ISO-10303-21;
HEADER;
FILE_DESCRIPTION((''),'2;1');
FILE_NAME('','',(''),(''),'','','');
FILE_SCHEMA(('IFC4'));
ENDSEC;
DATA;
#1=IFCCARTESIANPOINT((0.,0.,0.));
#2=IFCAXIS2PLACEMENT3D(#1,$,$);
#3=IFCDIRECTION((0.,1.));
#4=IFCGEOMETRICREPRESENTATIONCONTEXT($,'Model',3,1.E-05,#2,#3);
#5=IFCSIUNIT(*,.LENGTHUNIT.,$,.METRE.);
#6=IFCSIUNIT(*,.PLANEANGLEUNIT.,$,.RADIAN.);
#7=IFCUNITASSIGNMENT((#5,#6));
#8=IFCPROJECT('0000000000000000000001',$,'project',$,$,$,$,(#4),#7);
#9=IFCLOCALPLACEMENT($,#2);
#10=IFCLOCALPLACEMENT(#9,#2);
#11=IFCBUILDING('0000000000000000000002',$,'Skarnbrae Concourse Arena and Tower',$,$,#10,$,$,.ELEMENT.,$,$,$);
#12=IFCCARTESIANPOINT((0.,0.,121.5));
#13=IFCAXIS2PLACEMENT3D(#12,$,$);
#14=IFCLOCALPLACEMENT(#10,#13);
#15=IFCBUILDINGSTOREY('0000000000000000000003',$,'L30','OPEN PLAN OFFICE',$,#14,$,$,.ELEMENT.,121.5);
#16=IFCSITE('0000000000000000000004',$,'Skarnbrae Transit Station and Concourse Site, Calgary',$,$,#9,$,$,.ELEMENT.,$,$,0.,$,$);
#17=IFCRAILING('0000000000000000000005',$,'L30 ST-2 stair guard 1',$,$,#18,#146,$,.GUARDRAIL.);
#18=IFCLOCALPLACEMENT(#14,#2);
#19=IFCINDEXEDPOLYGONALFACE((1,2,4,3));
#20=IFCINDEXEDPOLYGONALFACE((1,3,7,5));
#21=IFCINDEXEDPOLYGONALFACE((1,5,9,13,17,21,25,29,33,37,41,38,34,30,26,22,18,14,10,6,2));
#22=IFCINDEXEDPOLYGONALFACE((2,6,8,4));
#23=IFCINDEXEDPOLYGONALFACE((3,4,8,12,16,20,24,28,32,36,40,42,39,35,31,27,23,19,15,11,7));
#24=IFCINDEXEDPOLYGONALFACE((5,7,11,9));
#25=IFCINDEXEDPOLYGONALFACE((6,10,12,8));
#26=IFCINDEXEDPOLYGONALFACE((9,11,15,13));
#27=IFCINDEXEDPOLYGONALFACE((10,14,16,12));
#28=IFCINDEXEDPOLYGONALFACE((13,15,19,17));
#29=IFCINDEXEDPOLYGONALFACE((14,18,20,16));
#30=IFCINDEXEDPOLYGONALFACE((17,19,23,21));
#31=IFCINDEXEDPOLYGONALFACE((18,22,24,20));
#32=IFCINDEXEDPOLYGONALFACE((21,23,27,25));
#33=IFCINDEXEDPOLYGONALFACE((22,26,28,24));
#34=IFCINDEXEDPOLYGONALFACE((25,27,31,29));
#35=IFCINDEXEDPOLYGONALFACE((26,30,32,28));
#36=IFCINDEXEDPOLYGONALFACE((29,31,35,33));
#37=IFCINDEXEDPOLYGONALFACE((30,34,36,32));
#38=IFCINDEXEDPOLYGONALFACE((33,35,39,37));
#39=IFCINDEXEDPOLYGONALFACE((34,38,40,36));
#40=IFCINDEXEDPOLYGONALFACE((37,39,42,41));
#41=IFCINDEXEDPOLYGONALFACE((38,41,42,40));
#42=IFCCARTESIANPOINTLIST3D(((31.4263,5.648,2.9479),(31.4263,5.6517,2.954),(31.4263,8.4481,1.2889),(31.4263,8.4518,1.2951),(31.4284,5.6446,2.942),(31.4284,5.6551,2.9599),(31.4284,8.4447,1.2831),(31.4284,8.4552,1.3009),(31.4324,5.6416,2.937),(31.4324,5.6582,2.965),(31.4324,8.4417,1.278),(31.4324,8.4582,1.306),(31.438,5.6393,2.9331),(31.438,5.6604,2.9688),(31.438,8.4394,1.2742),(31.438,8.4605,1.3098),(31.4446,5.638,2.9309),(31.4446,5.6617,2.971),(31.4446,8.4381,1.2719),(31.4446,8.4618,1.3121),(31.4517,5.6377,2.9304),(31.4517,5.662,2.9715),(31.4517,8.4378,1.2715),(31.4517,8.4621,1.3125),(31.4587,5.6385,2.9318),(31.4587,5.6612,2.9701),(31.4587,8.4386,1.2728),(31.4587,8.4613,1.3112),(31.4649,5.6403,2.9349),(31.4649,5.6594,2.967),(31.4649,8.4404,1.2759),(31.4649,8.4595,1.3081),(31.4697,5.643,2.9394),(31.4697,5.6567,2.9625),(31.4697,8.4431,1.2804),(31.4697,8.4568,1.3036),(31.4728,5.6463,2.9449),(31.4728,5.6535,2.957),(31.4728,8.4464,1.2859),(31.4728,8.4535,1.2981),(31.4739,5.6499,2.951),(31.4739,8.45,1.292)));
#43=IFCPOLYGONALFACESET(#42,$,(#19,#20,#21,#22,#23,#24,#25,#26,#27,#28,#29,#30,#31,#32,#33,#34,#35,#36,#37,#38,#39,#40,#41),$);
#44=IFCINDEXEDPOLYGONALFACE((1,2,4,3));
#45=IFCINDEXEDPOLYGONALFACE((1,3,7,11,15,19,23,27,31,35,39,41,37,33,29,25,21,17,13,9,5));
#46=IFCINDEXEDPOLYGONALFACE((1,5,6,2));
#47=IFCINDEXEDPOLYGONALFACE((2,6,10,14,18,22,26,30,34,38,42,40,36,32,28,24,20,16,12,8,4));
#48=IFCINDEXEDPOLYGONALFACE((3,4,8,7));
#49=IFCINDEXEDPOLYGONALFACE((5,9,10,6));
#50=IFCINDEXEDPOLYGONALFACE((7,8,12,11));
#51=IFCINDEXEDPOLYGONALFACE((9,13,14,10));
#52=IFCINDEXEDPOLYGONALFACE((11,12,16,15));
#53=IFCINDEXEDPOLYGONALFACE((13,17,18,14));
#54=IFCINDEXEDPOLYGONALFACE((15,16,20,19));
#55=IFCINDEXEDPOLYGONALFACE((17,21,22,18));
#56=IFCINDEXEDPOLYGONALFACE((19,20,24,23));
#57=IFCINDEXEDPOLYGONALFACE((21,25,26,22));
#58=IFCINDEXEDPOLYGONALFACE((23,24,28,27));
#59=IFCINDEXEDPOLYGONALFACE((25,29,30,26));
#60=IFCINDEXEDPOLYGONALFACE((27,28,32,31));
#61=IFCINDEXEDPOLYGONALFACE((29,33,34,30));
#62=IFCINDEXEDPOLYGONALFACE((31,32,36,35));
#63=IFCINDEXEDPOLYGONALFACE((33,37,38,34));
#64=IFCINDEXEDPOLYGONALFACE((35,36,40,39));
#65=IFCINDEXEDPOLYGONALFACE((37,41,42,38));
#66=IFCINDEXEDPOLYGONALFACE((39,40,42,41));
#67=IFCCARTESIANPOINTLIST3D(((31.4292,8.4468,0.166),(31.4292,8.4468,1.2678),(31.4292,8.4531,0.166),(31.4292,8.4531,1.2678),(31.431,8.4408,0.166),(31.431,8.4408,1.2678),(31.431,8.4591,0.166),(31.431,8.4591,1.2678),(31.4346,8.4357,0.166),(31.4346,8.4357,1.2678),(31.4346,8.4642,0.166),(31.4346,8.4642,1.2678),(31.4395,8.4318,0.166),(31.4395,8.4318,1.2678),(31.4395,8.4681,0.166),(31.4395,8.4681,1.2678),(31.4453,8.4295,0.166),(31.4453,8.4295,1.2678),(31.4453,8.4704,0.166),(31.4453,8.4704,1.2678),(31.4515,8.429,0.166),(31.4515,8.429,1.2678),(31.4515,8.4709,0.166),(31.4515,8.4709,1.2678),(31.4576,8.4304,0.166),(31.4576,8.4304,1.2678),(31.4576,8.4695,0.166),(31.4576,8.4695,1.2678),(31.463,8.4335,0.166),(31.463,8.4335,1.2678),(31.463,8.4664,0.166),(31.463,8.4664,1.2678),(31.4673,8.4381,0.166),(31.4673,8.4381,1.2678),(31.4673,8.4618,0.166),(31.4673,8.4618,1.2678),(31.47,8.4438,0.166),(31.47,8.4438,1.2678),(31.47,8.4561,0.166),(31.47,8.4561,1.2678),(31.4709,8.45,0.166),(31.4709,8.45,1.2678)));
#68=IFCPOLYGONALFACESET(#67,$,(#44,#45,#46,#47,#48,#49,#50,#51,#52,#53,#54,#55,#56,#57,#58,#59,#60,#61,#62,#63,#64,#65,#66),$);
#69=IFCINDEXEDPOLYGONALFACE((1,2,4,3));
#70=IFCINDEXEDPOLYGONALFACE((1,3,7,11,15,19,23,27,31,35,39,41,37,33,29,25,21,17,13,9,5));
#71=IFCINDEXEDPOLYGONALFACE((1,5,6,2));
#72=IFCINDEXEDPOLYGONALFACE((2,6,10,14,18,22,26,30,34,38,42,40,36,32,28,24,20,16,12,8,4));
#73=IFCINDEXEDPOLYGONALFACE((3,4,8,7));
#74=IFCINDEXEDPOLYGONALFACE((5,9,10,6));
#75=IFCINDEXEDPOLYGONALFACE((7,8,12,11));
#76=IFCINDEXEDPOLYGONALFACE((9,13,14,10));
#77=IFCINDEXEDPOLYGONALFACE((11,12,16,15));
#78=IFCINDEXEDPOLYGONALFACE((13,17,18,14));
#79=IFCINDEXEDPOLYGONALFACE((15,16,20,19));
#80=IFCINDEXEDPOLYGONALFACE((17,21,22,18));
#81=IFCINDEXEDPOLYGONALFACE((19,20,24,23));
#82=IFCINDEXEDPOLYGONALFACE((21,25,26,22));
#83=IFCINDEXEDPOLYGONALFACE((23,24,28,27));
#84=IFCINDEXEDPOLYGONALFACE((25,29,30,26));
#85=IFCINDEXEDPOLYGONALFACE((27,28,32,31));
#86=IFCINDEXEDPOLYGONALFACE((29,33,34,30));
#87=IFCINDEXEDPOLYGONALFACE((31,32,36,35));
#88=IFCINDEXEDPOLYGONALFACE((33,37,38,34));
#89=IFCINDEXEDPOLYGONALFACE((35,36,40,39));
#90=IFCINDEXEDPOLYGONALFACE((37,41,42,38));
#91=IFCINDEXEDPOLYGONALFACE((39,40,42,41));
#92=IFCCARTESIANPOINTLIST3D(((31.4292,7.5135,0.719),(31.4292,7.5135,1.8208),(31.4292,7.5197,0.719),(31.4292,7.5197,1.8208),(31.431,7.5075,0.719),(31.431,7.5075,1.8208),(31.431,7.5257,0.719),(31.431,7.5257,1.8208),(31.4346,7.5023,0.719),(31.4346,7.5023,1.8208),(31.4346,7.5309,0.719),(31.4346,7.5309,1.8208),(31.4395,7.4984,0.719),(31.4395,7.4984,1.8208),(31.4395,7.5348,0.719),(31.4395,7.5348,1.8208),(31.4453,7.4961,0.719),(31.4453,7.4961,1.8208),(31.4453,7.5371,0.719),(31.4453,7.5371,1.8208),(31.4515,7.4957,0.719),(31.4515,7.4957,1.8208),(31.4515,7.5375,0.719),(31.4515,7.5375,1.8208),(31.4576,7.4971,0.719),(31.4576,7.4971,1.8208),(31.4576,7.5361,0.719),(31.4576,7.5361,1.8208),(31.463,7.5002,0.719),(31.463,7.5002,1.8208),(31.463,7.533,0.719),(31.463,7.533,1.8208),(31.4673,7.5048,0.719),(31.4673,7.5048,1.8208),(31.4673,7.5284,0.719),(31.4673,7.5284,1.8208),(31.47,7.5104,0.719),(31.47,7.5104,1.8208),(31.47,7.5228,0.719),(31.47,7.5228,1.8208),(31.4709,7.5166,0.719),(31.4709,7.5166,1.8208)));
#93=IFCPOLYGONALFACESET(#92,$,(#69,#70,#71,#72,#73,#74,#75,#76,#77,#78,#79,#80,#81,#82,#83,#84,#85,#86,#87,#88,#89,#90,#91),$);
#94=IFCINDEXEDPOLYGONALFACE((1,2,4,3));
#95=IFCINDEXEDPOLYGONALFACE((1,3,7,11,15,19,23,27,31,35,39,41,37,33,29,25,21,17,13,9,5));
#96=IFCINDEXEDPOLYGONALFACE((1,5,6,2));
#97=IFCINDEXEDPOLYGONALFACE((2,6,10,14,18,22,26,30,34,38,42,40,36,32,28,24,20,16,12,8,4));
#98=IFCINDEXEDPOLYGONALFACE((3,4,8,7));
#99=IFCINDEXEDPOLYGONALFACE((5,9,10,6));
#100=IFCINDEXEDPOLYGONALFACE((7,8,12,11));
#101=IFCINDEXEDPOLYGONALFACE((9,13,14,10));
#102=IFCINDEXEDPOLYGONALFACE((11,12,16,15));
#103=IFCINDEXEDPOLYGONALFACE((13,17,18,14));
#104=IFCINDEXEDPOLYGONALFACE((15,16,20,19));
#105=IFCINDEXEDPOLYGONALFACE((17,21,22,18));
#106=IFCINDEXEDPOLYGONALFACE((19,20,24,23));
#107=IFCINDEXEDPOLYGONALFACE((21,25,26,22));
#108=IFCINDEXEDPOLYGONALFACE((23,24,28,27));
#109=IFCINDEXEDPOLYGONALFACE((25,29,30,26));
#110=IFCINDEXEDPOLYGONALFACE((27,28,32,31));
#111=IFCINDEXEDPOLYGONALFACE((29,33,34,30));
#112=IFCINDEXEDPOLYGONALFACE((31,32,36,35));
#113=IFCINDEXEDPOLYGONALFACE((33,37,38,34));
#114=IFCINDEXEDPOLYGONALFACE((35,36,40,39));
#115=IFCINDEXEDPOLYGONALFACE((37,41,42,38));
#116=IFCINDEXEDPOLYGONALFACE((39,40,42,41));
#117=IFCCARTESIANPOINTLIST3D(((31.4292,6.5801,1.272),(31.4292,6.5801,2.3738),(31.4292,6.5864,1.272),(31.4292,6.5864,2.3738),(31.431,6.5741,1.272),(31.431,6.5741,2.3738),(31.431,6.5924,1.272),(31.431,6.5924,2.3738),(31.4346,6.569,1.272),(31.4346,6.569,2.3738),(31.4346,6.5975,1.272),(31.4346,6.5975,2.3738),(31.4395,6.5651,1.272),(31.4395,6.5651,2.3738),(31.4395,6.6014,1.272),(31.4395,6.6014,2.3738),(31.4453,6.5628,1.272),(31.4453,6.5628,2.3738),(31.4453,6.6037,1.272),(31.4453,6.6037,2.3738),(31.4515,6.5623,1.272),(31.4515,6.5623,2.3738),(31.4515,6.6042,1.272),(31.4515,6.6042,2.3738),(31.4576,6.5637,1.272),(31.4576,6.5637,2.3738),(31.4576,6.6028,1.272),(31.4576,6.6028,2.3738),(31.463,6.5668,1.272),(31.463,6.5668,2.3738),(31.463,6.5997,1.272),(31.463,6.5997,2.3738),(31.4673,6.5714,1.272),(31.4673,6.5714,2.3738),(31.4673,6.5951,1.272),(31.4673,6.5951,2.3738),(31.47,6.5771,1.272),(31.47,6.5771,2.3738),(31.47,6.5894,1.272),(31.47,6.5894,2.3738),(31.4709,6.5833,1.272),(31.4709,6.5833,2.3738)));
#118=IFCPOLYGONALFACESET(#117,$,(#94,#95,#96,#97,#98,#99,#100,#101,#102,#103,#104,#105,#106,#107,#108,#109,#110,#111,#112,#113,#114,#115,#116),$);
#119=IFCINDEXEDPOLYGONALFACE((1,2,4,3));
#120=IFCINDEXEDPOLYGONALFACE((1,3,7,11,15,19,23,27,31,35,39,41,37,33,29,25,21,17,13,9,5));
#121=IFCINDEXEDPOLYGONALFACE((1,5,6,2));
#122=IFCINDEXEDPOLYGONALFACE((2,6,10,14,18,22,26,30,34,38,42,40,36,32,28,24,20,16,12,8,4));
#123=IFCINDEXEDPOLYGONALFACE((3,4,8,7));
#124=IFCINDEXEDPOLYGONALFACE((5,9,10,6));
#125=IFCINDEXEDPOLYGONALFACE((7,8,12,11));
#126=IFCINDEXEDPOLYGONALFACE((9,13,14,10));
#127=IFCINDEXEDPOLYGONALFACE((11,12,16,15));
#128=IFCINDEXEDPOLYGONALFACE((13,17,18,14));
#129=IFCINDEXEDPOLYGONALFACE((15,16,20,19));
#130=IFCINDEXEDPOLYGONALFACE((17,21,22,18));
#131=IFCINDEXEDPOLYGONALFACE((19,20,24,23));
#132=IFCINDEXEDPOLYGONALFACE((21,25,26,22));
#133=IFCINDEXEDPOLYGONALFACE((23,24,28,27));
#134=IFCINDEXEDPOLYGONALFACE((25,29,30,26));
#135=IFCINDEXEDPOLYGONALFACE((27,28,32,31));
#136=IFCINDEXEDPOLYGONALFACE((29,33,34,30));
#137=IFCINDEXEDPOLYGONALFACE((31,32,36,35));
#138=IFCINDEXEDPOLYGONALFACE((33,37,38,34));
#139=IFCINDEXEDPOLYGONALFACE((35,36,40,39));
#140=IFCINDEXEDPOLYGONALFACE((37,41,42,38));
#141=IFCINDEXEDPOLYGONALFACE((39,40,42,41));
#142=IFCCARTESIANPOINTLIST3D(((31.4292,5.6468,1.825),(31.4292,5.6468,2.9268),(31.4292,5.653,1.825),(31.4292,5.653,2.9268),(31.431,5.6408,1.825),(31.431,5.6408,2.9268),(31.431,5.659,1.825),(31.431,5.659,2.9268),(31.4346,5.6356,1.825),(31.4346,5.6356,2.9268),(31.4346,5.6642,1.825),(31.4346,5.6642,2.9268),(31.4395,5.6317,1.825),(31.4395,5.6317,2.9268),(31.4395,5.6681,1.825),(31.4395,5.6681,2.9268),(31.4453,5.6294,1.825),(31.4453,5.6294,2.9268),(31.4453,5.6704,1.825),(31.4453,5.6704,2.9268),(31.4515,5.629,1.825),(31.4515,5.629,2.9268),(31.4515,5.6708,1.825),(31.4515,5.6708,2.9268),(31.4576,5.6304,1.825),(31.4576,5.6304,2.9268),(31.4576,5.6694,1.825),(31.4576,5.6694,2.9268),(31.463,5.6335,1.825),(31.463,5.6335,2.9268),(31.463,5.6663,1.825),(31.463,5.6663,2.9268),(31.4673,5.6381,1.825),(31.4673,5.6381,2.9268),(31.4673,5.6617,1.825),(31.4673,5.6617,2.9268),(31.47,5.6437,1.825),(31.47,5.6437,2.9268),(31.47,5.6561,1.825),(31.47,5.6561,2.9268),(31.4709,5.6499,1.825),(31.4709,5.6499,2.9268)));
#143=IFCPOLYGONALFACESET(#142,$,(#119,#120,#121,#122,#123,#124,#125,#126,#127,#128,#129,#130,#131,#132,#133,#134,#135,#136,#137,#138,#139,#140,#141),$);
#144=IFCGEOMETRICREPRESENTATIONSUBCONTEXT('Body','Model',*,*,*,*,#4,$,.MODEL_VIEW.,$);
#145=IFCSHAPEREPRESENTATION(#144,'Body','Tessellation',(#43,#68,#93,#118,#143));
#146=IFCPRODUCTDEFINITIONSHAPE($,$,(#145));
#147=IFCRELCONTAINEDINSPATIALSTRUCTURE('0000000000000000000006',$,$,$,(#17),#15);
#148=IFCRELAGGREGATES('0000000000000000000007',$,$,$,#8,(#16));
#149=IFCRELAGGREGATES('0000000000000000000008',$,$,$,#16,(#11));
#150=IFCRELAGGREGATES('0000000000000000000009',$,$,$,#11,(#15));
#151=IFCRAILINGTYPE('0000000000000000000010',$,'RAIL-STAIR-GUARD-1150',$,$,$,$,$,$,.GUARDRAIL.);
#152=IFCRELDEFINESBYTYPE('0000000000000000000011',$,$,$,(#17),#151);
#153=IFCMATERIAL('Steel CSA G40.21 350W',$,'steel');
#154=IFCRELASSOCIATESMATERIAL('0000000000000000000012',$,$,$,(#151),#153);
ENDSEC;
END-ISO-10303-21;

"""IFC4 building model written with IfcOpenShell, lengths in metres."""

from ifc_helpers import new_model, si_unit, direction, frame, origin, origin_2d, place, context, subcontext, project, spatial, circle, extrude, material, type_object, element, save


model = new_model("IFC4")

# Units and contexts
model_context = context("Model", 3, precision=1e-05, world=origin(), true_north=direction((0.0, 1.0)))
body_context = subcontext(model_context, "Body", "Model", "MODEL_VIEW")
ifc_project = project(units=[si_unit("LENGTHUNIT", "METRE"), si_unit("PLANEANGLEUNIT", "RADIAN")], contexts=[model_context])

# Site, building, storey
site_placement = place(None, origin())
site = spatial("IfcSite", under=ifc_project, at=site_placement, Name="Skarnbrae Transit Station and Concourse Site, Calgary", CompositionType="ELEMENT", RefElevation=0.0)
building_placement = place(site_placement, origin())
building = spatial("IfcBuilding", under=site, at=building_placement, Name="Skarnbrae Concourse Arena and Tower", CompositionType="ELEMENT")
storey_placement = place(building_placement, frame((0.0, 0.0, 121.5)))
storey = spatial("IfcBuildingStorey", under=building, at=storey_placement, Name="L30", Description="OPEN PLAN OFFICE", CompositionType="ELEMENT", Elevation=121.5)

# Shared definitions
ifc_material_1 = material(Name="Steel CSA G40.21 350W", Category="steel")

# Railing
railing_type_1 = type_object("IfcRailingType", Name="RAIL-STAIR-GUARD-1150", PredefinedType="GUARDRAIL", material=ifc_material_1)
railing_1_placement = place(storey_placement, frame((31.45, 8.45, 0.166)))
element("IfcRailing", 1, at=railing_1_placement, inside=storey, type_object=railing_type_1, Name="L30 ST-2 stair guard 1", PredefinedType="GUARDRAIL", context=body_context, shape_type="SweptSolid", body=[
    extrude(circle(Radius=0.0239, at=origin_2d()), frame((0.0, 0.0, 1.126), z_axis=(0.0, -0.860339, 0.509722), x_axis=(1.0, 0.0, 0.0)), (0.0, 0.0, 1.0), 3.2546),
    extrude(circle(Radius=0.021, at=origin_2d()), origin(), (0.0, 0.0, 1.0), 1.1018),
    extrude(circle(Radius=0.021, at=origin_2d()), frame((0.0, -0.9333, 0.553)), (0.0, 0.0, 1.0), 1.1018),
    extrude(circle(Radius=0.021, at=origin_2d()), frame((0.0, -1.8667, 1.106)), (0.0, 0.0, 1.0), 1.1018),
    extrude(circle(Radius=0.021, at=origin_2d()), frame((0.0, -2.8, 1.6589)), (0.0, 0.0, 1.0), 1.1018),
])

save(model, "model.ifc")
